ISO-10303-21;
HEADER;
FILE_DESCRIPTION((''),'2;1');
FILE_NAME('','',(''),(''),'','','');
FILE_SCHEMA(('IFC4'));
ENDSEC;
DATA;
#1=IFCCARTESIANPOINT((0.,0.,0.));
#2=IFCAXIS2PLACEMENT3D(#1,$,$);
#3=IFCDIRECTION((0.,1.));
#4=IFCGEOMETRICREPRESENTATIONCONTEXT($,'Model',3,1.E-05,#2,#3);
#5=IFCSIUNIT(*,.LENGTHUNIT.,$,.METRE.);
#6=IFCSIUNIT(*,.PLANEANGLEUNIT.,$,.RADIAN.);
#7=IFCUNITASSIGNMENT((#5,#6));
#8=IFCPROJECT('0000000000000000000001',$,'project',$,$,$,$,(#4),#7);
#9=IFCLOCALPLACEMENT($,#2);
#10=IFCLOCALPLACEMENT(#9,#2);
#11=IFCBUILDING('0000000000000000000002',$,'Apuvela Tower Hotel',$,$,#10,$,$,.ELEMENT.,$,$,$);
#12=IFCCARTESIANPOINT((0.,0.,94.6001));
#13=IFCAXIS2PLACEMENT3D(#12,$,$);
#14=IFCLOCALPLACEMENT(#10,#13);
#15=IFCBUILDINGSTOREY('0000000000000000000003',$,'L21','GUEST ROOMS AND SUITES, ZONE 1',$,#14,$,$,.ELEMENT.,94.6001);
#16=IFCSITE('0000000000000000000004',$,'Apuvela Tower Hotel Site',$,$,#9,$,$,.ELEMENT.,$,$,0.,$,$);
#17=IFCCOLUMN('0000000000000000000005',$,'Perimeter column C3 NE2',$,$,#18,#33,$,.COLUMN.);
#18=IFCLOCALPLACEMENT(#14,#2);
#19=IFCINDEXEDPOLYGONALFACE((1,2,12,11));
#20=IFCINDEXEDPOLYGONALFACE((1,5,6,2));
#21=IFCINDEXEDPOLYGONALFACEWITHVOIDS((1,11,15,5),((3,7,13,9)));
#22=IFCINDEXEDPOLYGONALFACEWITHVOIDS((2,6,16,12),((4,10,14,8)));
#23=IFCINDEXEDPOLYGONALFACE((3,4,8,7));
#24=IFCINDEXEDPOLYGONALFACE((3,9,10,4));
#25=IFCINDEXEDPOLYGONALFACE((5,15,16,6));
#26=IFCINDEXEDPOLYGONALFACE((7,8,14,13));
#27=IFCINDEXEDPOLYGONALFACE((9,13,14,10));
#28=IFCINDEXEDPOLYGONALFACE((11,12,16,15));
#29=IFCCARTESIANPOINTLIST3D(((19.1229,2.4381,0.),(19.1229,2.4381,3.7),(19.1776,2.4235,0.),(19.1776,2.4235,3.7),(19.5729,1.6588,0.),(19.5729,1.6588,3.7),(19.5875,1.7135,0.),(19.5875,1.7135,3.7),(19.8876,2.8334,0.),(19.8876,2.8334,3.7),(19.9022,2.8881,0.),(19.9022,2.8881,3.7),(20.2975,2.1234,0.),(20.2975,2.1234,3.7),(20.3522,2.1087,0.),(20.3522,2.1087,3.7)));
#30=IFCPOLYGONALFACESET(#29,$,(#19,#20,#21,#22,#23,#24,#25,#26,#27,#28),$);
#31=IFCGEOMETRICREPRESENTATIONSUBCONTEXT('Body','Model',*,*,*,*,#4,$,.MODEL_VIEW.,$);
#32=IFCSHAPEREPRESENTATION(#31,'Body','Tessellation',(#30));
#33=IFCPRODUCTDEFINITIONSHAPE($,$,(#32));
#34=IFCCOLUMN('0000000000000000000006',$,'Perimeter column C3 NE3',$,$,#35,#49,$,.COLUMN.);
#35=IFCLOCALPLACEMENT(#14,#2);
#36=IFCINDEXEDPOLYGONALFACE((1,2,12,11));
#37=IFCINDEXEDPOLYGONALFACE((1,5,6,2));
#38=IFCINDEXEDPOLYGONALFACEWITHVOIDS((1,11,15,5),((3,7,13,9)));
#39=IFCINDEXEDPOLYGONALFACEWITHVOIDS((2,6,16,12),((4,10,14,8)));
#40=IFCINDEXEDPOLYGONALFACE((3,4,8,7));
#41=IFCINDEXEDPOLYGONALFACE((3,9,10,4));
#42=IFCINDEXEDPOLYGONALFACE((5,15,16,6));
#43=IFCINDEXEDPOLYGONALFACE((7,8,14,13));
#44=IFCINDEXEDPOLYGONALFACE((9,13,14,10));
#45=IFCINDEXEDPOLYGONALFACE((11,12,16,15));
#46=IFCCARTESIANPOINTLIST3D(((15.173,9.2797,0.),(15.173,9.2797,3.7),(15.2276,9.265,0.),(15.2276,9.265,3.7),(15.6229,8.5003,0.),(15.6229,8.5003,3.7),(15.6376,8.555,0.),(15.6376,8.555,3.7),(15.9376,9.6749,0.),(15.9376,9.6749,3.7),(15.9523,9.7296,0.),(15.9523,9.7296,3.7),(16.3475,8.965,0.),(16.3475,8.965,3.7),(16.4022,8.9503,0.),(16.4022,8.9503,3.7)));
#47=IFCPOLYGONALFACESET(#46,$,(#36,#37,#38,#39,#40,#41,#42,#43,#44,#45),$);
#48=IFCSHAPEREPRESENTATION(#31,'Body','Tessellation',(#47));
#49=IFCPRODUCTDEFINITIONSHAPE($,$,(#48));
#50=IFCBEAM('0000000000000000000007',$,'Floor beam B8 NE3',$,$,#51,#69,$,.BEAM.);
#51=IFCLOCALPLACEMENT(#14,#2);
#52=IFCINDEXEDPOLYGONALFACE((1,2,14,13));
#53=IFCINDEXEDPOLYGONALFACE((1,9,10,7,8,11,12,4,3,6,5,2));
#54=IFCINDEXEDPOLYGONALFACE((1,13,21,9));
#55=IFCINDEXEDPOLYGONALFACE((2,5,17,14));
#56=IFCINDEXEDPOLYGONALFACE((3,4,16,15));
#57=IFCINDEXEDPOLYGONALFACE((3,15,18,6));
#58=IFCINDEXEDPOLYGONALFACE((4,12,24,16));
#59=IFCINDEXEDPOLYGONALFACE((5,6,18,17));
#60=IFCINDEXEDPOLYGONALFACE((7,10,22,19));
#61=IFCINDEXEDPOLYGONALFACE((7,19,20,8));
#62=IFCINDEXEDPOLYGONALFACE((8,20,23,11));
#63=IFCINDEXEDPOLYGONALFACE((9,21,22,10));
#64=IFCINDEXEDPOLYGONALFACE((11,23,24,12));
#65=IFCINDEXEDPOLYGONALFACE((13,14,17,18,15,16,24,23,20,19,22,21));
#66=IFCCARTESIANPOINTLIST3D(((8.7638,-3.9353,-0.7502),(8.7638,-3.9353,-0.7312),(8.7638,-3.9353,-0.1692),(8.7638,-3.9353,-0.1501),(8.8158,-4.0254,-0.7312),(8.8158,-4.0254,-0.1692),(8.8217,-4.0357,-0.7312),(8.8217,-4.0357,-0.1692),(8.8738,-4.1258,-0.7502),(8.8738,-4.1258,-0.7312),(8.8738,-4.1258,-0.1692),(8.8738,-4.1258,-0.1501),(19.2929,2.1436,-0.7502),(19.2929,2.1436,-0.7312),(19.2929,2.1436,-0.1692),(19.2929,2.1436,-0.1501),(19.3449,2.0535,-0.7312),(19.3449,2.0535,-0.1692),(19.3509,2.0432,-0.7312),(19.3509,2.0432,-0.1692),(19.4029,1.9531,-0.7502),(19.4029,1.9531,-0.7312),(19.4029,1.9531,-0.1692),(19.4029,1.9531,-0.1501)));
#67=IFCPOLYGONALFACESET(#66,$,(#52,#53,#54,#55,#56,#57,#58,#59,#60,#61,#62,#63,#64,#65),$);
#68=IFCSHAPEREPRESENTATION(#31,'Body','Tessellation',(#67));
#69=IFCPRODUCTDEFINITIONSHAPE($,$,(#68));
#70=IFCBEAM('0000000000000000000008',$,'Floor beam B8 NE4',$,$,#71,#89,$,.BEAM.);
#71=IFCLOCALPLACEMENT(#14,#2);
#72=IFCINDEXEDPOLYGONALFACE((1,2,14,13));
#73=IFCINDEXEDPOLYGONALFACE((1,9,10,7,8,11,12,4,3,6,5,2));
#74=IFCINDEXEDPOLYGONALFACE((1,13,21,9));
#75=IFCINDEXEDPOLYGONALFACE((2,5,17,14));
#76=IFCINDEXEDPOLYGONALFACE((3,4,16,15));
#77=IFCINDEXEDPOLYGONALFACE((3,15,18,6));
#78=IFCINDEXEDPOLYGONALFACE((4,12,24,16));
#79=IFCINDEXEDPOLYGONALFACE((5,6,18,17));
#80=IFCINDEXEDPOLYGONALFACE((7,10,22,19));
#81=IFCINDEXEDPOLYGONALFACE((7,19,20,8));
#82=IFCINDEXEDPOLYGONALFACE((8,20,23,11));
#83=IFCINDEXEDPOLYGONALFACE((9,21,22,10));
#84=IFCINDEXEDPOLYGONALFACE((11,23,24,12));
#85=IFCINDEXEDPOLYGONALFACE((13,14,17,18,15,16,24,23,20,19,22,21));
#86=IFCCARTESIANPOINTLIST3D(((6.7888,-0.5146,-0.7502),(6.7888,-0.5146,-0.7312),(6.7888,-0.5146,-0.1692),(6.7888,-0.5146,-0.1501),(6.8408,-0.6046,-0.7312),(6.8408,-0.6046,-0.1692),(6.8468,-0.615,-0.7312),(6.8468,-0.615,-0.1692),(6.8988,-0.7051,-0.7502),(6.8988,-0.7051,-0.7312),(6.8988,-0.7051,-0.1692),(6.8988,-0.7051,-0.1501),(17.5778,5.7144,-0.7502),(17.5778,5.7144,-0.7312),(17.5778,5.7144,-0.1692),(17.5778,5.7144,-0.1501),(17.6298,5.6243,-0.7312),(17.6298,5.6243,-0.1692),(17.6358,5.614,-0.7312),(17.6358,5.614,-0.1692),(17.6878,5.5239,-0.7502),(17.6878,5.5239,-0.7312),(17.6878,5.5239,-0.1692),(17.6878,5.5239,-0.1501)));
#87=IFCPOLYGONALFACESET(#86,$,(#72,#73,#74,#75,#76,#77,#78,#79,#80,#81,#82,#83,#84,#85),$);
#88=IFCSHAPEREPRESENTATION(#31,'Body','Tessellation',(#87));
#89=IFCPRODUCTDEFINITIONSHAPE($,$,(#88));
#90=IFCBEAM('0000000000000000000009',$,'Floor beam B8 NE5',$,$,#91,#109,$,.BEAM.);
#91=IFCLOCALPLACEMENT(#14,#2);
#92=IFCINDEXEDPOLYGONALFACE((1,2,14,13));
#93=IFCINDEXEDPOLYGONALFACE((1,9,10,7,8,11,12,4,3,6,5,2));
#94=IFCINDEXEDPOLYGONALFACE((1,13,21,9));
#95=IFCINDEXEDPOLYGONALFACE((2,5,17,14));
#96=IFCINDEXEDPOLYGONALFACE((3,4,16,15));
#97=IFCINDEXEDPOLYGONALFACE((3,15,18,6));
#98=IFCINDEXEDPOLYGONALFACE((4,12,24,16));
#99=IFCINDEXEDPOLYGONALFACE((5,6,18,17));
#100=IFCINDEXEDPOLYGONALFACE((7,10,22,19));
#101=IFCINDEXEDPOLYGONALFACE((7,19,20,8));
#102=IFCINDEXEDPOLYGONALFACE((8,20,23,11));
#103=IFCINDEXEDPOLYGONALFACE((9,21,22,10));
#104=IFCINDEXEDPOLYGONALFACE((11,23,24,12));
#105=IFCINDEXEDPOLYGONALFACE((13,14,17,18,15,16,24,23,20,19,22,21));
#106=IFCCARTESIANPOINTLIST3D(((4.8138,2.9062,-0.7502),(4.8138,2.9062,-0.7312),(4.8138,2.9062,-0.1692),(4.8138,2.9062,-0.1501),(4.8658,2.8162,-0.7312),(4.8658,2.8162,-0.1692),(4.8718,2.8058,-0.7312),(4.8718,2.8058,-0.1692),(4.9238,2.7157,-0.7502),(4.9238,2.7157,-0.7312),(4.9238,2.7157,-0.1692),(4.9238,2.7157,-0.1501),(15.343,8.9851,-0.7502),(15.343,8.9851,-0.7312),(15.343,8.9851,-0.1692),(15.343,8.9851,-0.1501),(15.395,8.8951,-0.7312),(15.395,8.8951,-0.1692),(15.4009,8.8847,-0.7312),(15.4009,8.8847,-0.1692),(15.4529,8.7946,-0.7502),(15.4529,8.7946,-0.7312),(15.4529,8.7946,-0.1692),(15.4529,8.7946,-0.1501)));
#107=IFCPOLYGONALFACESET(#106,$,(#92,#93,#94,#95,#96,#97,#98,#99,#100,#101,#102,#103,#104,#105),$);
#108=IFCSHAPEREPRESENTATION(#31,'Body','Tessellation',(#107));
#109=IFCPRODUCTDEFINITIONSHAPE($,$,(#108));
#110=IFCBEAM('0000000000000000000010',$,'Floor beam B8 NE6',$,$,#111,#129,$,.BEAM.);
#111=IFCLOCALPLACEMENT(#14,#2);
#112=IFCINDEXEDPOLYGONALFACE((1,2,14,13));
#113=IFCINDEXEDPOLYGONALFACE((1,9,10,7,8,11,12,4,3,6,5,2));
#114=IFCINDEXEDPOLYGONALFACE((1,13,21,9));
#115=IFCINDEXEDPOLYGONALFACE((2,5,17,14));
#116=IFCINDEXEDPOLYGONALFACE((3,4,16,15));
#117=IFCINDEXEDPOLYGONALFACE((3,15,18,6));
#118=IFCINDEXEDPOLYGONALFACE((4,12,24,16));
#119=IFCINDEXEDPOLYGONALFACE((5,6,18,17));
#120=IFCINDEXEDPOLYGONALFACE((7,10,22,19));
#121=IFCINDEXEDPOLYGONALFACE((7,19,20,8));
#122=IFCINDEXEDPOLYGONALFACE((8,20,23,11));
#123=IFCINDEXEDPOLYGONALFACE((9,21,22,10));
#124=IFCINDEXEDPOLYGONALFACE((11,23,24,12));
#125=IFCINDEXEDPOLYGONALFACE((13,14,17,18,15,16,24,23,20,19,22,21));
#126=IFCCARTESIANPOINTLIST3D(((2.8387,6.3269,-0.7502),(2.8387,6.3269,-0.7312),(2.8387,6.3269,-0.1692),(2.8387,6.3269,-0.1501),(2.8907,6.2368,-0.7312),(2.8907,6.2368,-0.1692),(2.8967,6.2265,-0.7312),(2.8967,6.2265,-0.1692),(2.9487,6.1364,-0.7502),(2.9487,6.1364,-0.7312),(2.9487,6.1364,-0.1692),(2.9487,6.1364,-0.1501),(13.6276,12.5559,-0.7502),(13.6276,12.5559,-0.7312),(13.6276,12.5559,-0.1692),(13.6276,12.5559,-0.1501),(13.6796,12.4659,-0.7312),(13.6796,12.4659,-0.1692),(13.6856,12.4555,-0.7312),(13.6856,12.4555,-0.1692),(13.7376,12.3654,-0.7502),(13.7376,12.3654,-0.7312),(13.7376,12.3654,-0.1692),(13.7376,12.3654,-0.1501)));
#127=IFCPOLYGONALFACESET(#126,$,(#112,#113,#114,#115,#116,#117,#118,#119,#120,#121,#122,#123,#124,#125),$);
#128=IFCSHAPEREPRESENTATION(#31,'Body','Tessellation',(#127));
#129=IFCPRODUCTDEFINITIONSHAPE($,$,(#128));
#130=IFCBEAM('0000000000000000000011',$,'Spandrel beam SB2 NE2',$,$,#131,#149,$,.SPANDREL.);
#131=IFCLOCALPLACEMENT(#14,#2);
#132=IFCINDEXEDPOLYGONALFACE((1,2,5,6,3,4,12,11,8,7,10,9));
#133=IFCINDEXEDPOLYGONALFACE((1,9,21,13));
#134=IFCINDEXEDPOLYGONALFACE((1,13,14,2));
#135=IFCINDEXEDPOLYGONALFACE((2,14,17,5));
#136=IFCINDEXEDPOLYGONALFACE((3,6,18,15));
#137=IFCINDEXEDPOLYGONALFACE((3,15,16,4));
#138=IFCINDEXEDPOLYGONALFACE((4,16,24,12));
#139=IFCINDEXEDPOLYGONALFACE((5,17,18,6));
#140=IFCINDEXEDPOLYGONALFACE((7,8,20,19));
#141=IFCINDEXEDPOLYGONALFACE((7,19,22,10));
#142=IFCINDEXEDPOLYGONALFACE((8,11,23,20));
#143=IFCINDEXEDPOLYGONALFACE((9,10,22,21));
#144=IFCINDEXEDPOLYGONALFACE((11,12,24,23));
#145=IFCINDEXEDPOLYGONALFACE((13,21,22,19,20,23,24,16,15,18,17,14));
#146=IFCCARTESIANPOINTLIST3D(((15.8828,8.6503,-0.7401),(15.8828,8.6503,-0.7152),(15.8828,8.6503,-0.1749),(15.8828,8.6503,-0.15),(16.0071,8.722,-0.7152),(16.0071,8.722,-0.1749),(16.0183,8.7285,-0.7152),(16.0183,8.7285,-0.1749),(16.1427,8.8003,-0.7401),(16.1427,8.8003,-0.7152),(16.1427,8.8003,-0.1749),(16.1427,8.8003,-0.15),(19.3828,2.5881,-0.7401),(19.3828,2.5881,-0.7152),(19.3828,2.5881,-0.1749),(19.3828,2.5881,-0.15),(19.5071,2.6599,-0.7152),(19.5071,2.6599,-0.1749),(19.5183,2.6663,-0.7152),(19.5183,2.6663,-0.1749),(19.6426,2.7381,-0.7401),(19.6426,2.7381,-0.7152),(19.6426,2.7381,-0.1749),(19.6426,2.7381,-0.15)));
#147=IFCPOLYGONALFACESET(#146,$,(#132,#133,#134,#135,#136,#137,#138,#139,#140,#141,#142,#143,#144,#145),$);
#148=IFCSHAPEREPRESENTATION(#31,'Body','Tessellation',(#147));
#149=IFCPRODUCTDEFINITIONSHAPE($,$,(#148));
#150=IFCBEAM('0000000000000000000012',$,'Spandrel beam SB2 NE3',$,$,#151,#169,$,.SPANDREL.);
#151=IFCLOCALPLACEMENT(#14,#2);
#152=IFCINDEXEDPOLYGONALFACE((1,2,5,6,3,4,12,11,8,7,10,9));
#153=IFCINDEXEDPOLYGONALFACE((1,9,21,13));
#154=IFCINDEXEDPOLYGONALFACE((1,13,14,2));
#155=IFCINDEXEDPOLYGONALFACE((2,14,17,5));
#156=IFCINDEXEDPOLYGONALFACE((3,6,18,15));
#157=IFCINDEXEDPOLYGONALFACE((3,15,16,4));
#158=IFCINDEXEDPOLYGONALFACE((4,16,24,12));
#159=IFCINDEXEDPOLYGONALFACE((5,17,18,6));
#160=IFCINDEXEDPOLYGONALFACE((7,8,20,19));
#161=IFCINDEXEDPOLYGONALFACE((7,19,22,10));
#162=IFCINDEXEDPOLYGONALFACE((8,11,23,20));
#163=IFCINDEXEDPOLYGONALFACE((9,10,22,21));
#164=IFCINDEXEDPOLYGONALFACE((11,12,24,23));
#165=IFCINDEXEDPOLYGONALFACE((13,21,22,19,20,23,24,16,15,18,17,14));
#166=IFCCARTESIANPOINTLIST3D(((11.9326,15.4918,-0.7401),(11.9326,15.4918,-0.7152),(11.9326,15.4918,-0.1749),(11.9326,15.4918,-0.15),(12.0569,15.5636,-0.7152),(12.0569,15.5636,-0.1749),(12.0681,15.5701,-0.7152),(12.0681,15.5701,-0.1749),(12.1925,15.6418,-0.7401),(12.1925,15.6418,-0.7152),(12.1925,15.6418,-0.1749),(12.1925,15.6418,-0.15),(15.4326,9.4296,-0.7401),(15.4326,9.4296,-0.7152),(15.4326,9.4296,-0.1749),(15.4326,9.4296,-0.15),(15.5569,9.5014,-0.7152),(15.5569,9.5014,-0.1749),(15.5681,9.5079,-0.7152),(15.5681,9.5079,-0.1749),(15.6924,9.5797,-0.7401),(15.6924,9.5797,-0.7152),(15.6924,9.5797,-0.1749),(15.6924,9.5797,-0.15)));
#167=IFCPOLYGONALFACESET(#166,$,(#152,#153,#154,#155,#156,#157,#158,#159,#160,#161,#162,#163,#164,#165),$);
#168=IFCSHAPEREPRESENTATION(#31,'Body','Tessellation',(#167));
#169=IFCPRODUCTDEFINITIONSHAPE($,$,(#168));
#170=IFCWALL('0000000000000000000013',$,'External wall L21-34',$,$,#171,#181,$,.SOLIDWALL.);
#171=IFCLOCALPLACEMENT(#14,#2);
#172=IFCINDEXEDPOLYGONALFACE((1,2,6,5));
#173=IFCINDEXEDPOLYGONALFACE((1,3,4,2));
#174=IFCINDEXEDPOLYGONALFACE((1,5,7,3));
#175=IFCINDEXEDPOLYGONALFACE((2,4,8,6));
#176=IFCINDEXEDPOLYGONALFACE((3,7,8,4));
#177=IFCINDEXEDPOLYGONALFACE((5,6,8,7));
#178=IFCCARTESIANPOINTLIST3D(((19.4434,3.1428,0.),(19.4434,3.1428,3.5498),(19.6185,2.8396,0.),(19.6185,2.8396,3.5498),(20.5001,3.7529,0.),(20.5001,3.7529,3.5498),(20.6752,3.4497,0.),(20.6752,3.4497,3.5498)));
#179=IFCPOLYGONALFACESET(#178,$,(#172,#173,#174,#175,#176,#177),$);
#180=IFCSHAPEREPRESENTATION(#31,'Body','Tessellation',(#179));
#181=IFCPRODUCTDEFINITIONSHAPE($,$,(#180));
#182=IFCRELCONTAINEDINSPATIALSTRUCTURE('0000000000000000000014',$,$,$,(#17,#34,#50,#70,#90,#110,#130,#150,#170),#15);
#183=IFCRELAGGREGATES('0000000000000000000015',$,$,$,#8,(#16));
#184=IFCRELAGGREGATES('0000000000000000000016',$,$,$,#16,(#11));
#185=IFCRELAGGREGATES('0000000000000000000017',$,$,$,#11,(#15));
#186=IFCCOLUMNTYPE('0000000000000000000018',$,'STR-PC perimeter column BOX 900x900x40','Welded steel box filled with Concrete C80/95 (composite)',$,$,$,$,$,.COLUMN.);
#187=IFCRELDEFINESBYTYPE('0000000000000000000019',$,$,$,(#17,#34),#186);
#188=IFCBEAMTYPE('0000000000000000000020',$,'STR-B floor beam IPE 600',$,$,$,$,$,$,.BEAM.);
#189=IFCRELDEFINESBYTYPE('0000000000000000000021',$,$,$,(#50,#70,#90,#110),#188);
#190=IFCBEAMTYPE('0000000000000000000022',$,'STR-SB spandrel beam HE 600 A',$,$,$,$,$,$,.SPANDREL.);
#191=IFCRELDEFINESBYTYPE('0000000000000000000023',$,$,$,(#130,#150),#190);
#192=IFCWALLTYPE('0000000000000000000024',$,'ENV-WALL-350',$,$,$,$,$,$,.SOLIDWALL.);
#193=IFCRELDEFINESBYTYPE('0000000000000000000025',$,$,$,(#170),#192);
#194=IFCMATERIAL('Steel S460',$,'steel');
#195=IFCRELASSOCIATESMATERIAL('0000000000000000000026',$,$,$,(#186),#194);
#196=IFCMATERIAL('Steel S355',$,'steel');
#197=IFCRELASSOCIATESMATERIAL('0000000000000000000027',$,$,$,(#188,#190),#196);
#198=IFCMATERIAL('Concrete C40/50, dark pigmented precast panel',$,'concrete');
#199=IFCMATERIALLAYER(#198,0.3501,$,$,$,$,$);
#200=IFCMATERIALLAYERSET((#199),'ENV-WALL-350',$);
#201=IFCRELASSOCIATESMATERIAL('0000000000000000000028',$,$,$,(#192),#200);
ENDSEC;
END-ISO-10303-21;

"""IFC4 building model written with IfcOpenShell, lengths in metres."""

from ifc_helpers import new_model, si_unit, direction, frame, frame_2d, origin, origin_2d, place, context, subcontext, project, spatial, rectangle, hollow_rectangle, i_section, extrude, material, layer, layer_set, material_profile, profile_set, type_object, element, save


model = new_model("IFC4")

# Units and contexts
model_context = context("Model", 3, precision=1e-05, world=origin(), true_north=direction((0.0, 1.0)))
body_context = subcontext(model_context, "Body", "Model", "MODEL_VIEW")
ifc_project = project(units=[si_unit("LENGTHUNIT", "METRE"), si_unit("PLANEANGLEUNIT", "RADIAN")], contexts=[model_context])

# Site, building, storey
site_placement = place(None, origin())
site = spatial("IfcSite", under=ifc_project, at=site_placement, Name="Apuvela Tower Hotel Site", CompositionType="ELEMENT", RefElevation=0.0)
building_placement = place(site_placement, origin())
building = spatial("IfcBuilding", under=site, at=building_placement, Name="Apuvela Tower Hotel", CompositionType="ELEMENT")
storey_placement = place(building_placement, frame((0.0, 0.0, 94.6001)))
storey = spatial("IfcBuildingStorey", under=building, at=storey_placement, Name="L21", Description="GUEST ROOMS AND SUITES, ZONE 1", CompositionType="ELEMENT", Elevation=94.6001)

# Columns
ifc_material_1 = material(Name="Steel S460", Category="steel")
ifc_material_profile_1 = material_profile(ifc_material_1, hollow_rectangle(XDim=0.8999, YDim=0.8999, WallThickness=0.04, at=origin_2d()), Name="BOX 900x900x40")
ifc_material_2 = material(Name="Concrete C80/95", Category="concrete")
ifc_material_profile_2 = material_profile(ifc_material_2, rectangle(XDim=0.8201, YDim=0.8201, at=origin_2d()), Name="Concrete C80/95 infill")
ifc_profile_set_1 = profile_set([ifc_material_profile_1, ifc_material_profile_2], Name="Steel S460")
column_type = type_object("IfcColumnType", Name="STR-PC perimeter column BOX 900x900x40", Description="Welded steel box filled with Concrete C80/95 (composite)", PredefinedType="COLUMN", material=ifc_profile_set_1)
for number, where, z_axis, x_axis, name in (
    (1, (19.7375, 2.2734, 0.0), (0.0, 0.0, 1.0), (-0.5, 0.866025, 0.0), "Perimeter column C3 NE2"),
    (2, (15.7876, 9.115, 0.0), (0.0, 0.0, 1.0), (-0.5, 0.866025, 0.0), "Perimeter column C3 NE3"),
):
    element("IfcColumn", number, at=place(storey_placement, frame(where, z_axis=z_axis, x_axis=x_axis)), inside=storey, type_object=column_type, Name=name, PredefinedType="COLUMN", context=body_context, shape_type="SweptSolid", body=[
        extrude(hollow_rectangle(XDim=0.8999, YDim=0.8999, WallThickness=0.04, at=origin_2d()), origin(), (0.0, 0.0, 1.0), 3.7),
    ])

# Beams
ifc_material_3 = material(Name="Steel S355", Category="steel")
ifc_material_profile_3 = material_profile(ifc_material_3, i_section(OverallWidth=0.22, OverallDepth=0.6001, WebThickness=0.012, FlangeThickness=0.019, at=origin_2d()), Name="IPE 600")
ifc_profile_set_2 = profile_set([ifc_material_profile_3], Name="Steel S355")
beam_type_1 = type_object("IfcBeamType", Name="STR-B floor beam IPE 600", PredefinedType="BEAM", material=ifc_profile_set_2)
beam_1_placement = place(storey_placement, frame((19.3479, 2.0483, -0.4502), z_axis=(-0.866029, -0.499994, 0.0), x_axis=(0.499994, -0.866029, 0.0)))
element("IfcBeam", 3, at=beam_1_placement, inside=storey, type_object=beam_type_1, Name="Floor beam B8 NE3", PredefinedType="BEAM", context=body_context, shape_type="SweptSolid", body=[
    extrude(i_section(OverallWidth=0.22, OverallDepth=0.6001, WebThickness=0.012, FlangeThickness=0.019, at=origin_2d()), origin(), (0.0, 0.0, 1.0), 12.158),
])
beam_2_placement = place(storey_placement, frame((17.6328, 5.6191, -0.4502), z_axis=(-0.866028, -0.499996, 0.0), x_axis=(0.499996, -0.866028, 0.0)))
element("IfcBeam", 4, at=beam_2_placement, inside=storey, type_object=beam_type_1, Name="Floor beam B8 NE4", PredefinedType="BEAM", context=body_context, shape_type="SweptSolid", body=[
    extrude(i_section(OverallWidth=0.22, OverallDepth=0.6001, WebThickness=0.012, FlangeThickness=0.019, at=origin_2d()), origin(), (0.0, 0.0, 1.0), 12.458),
])
beam_3_placement = place(storey_placement, frame((15.3979, 8.8899, -0.4502), z_axis=(-0.866029, -0.499994, 0.0), x_axis=(0.499994, -0.866029, 0.0)))
element("IfcBeam", 5, at=beam_3_placement, inside=storey, type_object=beam_type_1, Name="Floor beam B8 NE5", PredefinedType="BEAM", context=body_context, shape_type="SweptSolid", body=[
    extrude(i_section(OverallWidth=0.22, OverallDepth=0.6001, WebThickness=0.012, FlangeThickness=0.019, at=origin_2d()), origin(), (0.0, 0.0, 1.0), 12.158),
])
beam_4_placement = place(storey_placement, frame((13.6826, 12.4607, -0.4502), z_axis=(-0.866023, -0.500005, 0.0), x_axis=(0.500005, -0.866023, 0.0)))
element("IfcBeam", 6, at=beam_4_placement, inside=storey, type_object=beam_type_1, Name="Floor beam B8 NE6", PredefinedType="BEAM", context=body_context, shape_type="SweptSolid", body=[
    extrude(i_section(OverallWidth=0.22, OverallDepth=0.6001, WebThickness=0.012, FlangeThickness=0.019, at=origin_2d()), origin(), (0.0, 0.0, 1.0), 12.458),
])
ifc_material_profile_4 = material_profile(ifc_material_3, i_section(OverallWidth=0.3, OverallDepth=0.5901, WebThickness=0.0129, FlangeThickness=0.0249, at=origin_2d()), Name="HE 600 A")
ifc_profile_set_3 = profile_set([ifc_material_profile_4], Name="Steel S355")
beam_type_2 = type_object("IfcBeamType", Name="STR-SB spandrel beam HE 600 A", PredefinedType="SPANDREL", material=ifc_profile_set_3)
for number, where, z_axis, x_axis, name in (
    (7, (19.5127, 2.6631, -0.4451), (-0.499995, 0.866028, 0.0), (-0.866028, -0.499995, 0.0), "Spandrel beam SB2 NE2"),
    (8, (15.5625, 9.5046, -0.4451), (-0.499995, 0.866028, 0.0), (-0.866028, -0.499995, 0.0), "Spandrel beam SB2 NE3"),
):
    element("IfcBeam", number, at=place(storey_placement, frame(where, z_axis=z_axis, x_axis=x_axis)), inside=storey, type_object=beam_type_2, Name=name, PredefinedType="SPANDREL", context=body_context, shape_type="SweptSolid", body=[
        extrude(i_section(OverallWidth=0.3, OverallDepth=0.5901, WebThickness=0.0129, FlangeThickness=0.0249, at=origin_2d()), origin(), (0.0, 0.0, 1.0), 7.0),
    ])

# Wall
ifc_material_4 = material(Name="Concrete C40/50, dark pigmented precast panel", Category="concrete")
ifc_layer_1 = layer(ifc_material_4, 0.3501)
ifc_layer_set_1 = layer_set([ifc_layer_1], Name="ENV-WALL-350")
wall_type_1 = type_object("IfcWallType", Name="ENV-WALL-350", PredefinedType="SOLIDWALL", material=ifc_layer_set_1)
wall_1_placement = place(storey_placement, frame((20.5876, 3.6013, 0.0), z_axis=(0.0, 0.0, 1.0), x_axis=(-0.866006, -0.500034, 0.0)))
element("IfcWall", 9, at=wall_1_placement, inside=storey, type_object=wall_type_1, Name="External wall L21-34", PredefinedType="SOLIDWALL", context=body_context, shape_type="SweptSolid", body=[
    extrude(rectangle(XDim=1.2202, YDim=0.3501, at=frame_2d((0.6101, 0.0))), origin(), (0.0, 0.0, 1.0), 3.5498),
])

save(model, "model.ifc")
